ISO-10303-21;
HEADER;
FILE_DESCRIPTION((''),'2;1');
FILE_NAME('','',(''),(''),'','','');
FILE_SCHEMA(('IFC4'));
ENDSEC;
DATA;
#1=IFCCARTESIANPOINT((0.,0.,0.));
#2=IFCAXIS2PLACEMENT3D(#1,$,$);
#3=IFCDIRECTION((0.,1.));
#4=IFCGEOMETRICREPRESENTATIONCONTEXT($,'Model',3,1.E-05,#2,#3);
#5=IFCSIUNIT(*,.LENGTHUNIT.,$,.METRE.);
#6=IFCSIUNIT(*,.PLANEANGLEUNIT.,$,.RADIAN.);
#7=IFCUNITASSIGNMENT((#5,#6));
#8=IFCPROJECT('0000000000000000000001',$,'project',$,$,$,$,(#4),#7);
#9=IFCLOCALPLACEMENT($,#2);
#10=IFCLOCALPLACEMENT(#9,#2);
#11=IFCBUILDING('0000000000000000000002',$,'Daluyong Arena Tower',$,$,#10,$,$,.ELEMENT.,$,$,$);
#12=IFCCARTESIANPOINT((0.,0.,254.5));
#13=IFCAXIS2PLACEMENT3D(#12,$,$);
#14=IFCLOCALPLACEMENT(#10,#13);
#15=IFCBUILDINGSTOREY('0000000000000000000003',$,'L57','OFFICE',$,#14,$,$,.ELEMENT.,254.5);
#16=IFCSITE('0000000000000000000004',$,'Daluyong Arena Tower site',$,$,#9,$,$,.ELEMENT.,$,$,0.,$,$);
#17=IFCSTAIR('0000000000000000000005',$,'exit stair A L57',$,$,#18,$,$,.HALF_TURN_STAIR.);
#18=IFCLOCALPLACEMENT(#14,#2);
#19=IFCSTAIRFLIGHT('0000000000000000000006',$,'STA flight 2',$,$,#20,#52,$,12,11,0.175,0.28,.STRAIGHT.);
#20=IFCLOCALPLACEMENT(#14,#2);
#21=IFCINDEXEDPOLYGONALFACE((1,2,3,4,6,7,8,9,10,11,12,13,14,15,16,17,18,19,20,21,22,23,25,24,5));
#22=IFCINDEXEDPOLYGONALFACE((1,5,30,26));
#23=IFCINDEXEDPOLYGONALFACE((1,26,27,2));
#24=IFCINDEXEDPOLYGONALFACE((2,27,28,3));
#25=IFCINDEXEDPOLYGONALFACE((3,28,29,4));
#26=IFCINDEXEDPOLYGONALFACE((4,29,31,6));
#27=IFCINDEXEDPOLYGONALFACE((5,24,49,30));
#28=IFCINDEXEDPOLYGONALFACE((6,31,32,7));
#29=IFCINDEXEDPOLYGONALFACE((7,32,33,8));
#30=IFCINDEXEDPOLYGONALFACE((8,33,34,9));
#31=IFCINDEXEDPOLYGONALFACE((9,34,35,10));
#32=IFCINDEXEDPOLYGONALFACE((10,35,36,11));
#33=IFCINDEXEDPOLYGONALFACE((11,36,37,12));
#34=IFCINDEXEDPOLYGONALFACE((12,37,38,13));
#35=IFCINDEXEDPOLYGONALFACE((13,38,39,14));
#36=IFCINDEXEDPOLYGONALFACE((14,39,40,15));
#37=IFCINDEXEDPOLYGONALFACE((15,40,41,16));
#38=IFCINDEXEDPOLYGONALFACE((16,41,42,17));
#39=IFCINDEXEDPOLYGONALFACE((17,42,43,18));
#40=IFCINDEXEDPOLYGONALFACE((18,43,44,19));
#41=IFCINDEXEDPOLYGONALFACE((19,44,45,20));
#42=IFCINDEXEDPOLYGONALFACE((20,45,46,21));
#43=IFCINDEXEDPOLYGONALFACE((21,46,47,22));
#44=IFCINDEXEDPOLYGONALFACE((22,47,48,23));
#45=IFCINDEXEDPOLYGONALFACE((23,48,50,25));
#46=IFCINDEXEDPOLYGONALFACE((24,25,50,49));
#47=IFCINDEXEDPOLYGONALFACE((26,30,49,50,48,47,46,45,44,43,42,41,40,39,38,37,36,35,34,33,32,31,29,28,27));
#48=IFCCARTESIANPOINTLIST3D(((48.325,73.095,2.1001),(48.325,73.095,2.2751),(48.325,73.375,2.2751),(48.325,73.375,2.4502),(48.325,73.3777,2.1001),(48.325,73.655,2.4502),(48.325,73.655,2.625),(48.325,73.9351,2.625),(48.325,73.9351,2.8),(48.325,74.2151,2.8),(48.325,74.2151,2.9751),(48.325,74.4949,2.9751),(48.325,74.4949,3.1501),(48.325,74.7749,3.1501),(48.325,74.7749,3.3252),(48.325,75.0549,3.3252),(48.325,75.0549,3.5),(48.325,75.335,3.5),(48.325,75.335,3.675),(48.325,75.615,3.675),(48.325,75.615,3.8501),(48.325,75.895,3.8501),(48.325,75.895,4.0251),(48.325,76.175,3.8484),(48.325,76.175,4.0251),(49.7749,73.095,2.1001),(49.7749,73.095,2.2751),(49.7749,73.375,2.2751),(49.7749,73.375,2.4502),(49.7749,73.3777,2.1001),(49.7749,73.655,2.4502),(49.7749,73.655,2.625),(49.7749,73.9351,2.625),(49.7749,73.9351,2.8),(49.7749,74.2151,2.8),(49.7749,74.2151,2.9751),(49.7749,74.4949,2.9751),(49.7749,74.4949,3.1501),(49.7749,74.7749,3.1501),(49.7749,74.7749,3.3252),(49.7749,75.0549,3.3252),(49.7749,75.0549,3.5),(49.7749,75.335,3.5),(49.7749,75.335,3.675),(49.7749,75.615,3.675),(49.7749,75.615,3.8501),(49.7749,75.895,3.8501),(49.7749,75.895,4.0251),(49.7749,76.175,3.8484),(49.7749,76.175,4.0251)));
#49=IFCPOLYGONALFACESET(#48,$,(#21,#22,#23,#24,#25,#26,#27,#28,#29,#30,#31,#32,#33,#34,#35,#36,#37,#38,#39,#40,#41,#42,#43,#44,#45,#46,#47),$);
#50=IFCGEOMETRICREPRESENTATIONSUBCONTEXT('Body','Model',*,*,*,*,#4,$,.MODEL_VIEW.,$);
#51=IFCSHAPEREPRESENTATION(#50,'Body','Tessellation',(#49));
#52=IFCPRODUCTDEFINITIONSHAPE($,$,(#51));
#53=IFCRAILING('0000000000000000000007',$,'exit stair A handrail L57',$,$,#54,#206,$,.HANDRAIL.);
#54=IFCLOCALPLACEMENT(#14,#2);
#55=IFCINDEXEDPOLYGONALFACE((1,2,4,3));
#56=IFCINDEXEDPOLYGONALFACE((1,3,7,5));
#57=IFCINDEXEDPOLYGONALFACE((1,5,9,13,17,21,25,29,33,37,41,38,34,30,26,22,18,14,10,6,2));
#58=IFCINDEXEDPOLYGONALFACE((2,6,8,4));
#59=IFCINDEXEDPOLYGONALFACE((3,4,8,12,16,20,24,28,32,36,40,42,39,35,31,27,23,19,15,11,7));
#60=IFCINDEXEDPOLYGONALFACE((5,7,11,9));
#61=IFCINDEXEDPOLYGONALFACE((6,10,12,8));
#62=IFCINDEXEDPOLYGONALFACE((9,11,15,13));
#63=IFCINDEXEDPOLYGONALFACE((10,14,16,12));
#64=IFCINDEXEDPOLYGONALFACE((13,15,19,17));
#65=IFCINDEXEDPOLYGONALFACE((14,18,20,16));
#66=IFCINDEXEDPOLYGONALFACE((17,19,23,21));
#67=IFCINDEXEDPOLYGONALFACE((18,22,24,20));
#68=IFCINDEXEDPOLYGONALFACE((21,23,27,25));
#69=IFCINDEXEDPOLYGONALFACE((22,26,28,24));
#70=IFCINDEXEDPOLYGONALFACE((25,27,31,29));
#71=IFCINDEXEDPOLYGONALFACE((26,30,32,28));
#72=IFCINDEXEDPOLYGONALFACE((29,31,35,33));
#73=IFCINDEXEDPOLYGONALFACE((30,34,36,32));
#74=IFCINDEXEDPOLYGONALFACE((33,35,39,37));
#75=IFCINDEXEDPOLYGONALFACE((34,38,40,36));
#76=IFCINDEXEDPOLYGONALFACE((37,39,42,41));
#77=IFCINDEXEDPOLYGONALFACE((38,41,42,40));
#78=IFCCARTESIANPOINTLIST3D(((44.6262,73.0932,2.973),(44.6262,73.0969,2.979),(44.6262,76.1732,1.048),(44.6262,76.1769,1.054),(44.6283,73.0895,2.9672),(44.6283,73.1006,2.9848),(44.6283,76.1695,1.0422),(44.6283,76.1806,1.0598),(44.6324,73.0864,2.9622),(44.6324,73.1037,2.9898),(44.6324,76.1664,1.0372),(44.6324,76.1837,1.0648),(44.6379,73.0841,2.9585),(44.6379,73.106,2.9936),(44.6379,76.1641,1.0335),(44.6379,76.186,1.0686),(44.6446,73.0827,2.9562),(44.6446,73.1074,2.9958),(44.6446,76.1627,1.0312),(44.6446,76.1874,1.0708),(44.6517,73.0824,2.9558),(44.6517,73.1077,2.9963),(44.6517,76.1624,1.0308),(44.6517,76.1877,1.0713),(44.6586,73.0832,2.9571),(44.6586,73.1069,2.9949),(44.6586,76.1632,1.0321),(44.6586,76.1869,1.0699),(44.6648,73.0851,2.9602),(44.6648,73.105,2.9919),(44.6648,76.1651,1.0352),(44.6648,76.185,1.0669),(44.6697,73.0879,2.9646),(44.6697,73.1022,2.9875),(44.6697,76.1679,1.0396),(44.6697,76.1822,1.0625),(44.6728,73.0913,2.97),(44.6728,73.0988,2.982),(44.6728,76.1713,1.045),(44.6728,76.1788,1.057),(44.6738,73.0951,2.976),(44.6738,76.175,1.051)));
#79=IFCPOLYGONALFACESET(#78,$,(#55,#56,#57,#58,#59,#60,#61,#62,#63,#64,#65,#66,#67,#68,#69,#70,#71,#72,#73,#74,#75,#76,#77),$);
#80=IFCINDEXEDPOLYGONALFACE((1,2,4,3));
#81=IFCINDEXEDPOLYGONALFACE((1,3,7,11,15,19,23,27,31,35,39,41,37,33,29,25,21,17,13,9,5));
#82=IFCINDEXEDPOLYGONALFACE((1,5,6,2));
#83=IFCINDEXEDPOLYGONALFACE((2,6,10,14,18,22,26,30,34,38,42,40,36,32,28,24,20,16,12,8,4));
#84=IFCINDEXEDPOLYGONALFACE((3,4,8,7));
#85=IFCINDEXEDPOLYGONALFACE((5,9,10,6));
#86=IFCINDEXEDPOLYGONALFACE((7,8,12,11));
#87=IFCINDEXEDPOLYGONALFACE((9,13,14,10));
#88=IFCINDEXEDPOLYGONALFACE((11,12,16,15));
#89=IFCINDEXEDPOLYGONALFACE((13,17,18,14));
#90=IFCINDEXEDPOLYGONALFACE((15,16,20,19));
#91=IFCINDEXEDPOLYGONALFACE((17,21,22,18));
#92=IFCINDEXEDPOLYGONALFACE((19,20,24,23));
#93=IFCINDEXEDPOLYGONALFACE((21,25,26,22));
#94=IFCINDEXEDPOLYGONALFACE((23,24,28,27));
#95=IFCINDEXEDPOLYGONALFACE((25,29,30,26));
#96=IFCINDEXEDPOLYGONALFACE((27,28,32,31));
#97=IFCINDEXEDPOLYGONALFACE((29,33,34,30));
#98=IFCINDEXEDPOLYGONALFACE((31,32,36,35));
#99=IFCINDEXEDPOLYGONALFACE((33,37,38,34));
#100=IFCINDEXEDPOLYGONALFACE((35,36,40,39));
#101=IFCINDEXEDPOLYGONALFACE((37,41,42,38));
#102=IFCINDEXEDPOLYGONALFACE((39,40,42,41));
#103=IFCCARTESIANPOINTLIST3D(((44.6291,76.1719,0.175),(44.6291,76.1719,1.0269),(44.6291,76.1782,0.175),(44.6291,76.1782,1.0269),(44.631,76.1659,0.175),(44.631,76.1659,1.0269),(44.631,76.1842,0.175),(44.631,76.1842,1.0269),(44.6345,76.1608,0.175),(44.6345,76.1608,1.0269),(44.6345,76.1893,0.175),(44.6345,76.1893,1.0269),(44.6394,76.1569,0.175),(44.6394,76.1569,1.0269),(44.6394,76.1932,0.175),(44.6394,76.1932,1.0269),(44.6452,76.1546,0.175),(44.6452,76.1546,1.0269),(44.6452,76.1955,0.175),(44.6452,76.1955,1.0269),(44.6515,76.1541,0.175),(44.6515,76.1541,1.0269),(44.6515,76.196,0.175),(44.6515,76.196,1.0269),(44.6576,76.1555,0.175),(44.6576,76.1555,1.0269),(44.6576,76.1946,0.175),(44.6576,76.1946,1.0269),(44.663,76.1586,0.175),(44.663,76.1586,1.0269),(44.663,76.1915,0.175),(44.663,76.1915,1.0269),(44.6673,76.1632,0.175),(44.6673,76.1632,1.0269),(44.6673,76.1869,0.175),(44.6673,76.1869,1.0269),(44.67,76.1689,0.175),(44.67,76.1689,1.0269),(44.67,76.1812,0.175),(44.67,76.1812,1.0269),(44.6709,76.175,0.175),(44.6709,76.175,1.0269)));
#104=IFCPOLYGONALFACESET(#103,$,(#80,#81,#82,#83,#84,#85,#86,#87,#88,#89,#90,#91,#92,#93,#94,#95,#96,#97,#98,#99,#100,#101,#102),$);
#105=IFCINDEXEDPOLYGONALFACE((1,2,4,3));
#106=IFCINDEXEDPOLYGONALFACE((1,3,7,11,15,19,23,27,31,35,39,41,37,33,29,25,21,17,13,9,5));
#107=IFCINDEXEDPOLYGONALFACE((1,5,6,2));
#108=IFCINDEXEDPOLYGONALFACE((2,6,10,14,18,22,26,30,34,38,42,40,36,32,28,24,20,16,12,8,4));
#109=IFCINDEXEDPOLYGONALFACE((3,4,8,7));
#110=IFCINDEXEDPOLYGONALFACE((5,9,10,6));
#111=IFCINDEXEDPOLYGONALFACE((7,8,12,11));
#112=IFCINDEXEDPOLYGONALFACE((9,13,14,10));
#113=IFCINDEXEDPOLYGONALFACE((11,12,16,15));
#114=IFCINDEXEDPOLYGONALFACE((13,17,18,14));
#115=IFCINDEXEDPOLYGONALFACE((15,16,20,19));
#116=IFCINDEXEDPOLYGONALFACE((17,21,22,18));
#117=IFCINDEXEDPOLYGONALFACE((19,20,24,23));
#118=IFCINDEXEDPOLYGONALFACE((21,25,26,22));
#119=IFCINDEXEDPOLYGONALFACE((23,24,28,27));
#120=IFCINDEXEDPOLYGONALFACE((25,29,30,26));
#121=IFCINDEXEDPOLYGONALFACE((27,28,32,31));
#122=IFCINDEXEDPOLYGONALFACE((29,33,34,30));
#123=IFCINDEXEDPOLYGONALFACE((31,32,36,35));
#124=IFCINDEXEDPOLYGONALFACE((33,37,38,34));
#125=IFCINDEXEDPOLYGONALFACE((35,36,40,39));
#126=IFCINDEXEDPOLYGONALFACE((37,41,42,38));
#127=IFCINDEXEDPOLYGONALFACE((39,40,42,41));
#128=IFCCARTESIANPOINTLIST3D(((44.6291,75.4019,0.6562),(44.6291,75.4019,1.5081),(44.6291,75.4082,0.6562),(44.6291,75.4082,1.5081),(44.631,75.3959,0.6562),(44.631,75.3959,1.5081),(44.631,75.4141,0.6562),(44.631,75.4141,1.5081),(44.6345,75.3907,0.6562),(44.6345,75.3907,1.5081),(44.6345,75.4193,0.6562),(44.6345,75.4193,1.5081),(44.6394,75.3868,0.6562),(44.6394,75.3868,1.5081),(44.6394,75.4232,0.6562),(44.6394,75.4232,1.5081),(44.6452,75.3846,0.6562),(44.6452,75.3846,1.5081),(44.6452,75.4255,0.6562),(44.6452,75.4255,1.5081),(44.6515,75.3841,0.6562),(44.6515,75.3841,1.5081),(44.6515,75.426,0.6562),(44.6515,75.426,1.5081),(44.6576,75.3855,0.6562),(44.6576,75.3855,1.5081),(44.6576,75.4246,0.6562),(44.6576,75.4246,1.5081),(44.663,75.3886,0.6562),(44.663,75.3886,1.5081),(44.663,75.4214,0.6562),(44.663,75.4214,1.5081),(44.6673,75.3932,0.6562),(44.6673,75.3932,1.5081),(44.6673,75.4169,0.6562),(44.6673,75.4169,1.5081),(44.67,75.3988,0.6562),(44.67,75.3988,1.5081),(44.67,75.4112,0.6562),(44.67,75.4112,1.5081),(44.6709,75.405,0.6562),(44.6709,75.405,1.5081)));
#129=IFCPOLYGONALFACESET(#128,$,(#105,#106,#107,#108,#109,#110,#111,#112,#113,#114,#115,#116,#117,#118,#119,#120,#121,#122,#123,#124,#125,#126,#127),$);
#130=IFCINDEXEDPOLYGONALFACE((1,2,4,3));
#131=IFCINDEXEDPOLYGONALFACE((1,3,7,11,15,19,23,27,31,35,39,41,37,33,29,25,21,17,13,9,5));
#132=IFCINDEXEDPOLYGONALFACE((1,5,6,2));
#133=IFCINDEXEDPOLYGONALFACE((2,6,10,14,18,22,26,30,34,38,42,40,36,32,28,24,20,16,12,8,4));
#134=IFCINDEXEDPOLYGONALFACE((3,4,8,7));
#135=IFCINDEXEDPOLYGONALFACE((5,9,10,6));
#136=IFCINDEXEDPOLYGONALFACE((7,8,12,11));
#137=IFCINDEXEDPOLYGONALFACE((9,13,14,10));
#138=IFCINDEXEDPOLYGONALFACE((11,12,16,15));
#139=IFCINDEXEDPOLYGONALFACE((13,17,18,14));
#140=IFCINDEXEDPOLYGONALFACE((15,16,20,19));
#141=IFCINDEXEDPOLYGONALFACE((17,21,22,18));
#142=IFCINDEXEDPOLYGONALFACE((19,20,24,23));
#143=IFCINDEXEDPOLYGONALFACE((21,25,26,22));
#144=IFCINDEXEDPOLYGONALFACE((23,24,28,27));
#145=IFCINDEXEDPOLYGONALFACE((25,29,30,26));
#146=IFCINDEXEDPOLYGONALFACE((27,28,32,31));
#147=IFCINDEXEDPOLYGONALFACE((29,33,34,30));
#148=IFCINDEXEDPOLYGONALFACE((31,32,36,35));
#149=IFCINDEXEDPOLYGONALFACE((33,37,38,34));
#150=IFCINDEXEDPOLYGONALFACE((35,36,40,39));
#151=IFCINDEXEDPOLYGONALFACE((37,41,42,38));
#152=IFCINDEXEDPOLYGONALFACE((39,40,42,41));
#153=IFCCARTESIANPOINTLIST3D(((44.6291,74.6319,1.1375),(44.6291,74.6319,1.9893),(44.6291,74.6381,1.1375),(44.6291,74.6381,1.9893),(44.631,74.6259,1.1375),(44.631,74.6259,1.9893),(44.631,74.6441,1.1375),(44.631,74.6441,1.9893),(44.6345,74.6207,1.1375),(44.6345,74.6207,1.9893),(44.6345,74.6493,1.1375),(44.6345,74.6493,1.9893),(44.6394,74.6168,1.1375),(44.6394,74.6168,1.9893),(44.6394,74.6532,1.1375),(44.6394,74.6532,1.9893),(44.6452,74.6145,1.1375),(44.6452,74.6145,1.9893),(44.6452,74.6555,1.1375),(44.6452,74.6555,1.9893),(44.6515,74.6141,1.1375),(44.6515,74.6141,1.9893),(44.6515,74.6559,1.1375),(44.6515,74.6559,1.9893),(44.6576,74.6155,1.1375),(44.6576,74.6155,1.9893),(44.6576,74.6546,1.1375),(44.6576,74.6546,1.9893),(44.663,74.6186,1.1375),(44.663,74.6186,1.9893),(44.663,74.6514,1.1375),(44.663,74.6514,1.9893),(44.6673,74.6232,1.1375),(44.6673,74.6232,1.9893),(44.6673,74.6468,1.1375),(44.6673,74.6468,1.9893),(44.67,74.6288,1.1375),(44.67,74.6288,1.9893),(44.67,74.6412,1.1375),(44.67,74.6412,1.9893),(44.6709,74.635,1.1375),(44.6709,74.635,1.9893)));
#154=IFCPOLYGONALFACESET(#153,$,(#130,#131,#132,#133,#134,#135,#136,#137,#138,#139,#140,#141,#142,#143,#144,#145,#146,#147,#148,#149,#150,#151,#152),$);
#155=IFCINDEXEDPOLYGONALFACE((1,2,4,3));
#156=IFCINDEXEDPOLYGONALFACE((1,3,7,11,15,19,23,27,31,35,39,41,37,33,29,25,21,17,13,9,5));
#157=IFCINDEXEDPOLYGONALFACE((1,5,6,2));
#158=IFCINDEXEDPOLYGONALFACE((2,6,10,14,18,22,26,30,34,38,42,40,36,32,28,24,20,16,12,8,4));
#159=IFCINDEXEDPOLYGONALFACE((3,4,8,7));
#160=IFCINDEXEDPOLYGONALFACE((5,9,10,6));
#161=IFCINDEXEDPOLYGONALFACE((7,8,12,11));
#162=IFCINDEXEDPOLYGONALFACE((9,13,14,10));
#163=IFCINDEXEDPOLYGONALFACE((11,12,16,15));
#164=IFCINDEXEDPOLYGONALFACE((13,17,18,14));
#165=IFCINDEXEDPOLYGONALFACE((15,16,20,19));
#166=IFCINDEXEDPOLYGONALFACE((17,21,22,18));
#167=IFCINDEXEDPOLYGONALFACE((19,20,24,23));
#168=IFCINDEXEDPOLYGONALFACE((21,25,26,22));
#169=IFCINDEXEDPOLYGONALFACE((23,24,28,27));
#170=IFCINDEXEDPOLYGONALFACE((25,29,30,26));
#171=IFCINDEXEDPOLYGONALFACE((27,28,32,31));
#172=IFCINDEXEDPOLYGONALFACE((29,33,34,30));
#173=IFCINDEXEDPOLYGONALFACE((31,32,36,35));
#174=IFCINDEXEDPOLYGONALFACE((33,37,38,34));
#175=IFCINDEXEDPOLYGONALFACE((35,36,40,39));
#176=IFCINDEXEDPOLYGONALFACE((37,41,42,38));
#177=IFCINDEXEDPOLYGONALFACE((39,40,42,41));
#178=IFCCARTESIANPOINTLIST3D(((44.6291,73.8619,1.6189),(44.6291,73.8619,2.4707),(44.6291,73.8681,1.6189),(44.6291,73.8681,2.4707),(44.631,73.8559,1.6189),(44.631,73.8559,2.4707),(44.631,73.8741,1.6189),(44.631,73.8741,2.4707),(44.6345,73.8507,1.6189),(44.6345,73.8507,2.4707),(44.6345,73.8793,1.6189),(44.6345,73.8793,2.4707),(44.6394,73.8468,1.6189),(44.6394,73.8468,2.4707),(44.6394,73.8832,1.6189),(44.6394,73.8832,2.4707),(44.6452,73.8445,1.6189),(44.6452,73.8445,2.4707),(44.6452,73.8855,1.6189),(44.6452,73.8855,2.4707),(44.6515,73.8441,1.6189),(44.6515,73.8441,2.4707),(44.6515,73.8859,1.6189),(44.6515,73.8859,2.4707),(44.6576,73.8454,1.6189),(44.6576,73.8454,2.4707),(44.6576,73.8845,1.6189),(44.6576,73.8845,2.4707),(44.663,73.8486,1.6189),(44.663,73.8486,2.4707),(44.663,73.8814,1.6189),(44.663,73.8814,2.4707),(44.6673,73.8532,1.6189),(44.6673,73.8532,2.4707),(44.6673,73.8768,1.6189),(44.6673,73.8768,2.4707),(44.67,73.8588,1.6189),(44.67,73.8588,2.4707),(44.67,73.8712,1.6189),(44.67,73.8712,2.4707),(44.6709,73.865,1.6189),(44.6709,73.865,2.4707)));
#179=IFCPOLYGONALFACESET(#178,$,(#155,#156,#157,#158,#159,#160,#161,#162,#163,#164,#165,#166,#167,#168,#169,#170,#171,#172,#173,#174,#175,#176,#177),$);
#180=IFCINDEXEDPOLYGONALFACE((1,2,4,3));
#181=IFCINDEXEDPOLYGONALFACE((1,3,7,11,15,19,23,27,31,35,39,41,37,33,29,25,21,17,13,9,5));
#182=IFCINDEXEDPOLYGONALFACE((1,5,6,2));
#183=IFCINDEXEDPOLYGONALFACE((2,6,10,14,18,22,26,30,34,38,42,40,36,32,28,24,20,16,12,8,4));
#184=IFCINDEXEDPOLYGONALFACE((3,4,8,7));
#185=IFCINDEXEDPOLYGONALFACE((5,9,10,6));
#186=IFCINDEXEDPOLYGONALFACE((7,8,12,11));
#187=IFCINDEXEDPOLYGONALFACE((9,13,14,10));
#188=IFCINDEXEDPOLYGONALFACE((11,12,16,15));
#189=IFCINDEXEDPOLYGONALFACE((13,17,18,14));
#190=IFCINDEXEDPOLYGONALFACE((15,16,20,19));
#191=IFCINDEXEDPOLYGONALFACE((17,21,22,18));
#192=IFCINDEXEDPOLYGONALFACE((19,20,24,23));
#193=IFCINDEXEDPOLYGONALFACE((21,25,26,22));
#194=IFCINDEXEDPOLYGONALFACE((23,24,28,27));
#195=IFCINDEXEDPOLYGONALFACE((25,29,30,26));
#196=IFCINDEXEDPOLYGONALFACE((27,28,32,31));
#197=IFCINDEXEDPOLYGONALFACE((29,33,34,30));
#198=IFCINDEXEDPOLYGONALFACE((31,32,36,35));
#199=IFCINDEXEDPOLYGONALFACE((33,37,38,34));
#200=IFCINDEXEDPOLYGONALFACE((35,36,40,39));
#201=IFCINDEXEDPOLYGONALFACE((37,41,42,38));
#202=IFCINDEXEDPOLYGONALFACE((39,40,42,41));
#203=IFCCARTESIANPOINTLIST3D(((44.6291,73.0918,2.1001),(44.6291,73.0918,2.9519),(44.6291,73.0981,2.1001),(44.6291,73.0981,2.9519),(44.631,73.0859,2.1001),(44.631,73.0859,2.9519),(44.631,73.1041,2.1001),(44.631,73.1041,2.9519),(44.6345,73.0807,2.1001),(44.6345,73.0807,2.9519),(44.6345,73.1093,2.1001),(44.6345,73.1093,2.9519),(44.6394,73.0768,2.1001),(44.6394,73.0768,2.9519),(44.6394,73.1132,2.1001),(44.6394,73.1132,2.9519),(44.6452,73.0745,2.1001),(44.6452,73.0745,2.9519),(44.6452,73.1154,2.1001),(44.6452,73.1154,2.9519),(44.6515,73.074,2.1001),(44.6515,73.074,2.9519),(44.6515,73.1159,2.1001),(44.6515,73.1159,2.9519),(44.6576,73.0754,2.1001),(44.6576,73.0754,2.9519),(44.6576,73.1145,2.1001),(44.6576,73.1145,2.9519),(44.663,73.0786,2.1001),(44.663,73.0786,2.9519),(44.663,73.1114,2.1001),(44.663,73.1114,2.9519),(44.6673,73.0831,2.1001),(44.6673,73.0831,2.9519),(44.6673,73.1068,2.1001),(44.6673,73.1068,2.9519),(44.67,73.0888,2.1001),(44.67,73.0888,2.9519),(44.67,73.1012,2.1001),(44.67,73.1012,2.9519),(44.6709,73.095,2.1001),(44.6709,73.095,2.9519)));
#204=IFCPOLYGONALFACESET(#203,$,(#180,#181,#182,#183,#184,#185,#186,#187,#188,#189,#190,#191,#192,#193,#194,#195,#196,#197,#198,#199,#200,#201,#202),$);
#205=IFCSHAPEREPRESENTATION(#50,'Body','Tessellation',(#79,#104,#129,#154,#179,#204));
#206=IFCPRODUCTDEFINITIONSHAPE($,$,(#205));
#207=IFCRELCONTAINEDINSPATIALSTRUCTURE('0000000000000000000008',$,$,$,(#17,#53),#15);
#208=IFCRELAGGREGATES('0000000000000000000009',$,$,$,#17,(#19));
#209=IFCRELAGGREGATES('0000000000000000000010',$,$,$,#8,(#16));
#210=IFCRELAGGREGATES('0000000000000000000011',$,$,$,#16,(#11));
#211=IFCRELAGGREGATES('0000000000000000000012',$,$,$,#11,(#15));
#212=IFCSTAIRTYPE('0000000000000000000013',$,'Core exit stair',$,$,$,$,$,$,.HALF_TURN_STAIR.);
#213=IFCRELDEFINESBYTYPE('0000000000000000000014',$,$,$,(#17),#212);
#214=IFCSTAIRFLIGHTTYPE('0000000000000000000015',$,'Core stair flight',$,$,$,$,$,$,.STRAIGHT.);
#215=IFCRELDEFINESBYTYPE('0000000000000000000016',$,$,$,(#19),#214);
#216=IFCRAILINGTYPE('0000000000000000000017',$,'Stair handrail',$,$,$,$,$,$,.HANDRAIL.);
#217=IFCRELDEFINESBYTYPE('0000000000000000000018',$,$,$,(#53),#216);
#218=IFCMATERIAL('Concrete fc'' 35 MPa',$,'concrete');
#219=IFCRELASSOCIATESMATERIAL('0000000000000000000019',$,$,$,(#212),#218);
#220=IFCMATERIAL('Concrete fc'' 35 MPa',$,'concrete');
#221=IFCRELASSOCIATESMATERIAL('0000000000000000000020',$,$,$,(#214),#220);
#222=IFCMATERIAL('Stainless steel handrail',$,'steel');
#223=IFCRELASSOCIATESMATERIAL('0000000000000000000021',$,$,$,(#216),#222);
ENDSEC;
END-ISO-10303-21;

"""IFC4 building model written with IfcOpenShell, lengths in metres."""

from ifc_helpers import new_model, si_unit, direction, frame, origin, origin_2d, place, context, subcontext, project, spatial, polyline, circle, outline, extrude, material, type_object, element, aggregate, save


model = new_model("IFC4")

# Units and contexts
model_context = context("Model", 3, precision=1e-05, world=origin(), true_north=direction((0.0, 1.0)))
body_context = subcontext(model_context, "Body", "Model", "MODEL_VIEW")
ifc_project = project(units=[si_unit("LENGTHUNIT", "METRE"), si_unit("PLANEANGLEUNIT", "RADIAN")], contexts=[model_context])

# Site, building, storey
site_placement = place(None, origin())
site = spatial("IfcSite", under=ifc_project, at=site_placement, Name="Daluyong Arena Tower site", CompositionType="ELEMENT", RefElevation=0.0)
building_placement = place(site_placement, origin())
building = spatial("IfcBuilding", under=site, at=building_placement, Name="Daluyong Arena Tower", CompositionType="ELEMENT")
storey_placement = place(building_placement, frame((0.0, 0.0, 254.5)))
storey = spatial("IfcBuildingStorey", under=building, at=storey_placement, Name="L57", Description="OFFICE", CompositionType="ELEMENT", Elevation=254.5)

# Stair, stair flight
ifc_material_1 = material(Name="Concrete fc' 35 MPa", Category="concrete")
stair_type = type_object("IfcStairType", Name="Core exit stair", PredefinedType="HALF_TURN_STAIR", material=ifc_material_1)
stair_placement = place(storey_placement, origin())
stair = element("IfcStair", 1, at=stair_placement, inside=storey, type_object=stair_type, Name="exit stair A L57", PredefinedType="HALF_TURN_STAIR")
ifc_material_2 = material(Name="Concrete fc' 35 MPa", Category="concrete")
stair_flight_type = type_object("IfcStairFlightType", Name="Core stair flight", PredefinedType="STRAIGHT", material=ifc_material_2)
stair_flight_1_placement = place(storey_placement, frame((49.05, 73.095, 2.1001), z_axis=(0.0, 0.0, 1.0), x_axis=(0.0, 1.0, 0.0)))
stair_flight_1 = element("IfcStairFlight", 2, at=stair_flight_1_placement, type_object=stair_flight_type, Name="STA flight 2", NumberOfRisers=12, NumberOfTreads=11, PredefinedType="STRAIGHT", RiserHeight=0.175, TreadLength=0.28, context=body_context, shape_type="SweptSolid", body=[
    extrude(outline(polyline([(0.0, 0.0), (0.0, 0.175), (0.28, 0.175), (0.28, 0.3501), (0.5601, 0.3501), (0.5601, 0.5249), (0.8401, 0.5249), (0.8401, 0.7), (1.1201, 0.7), (1.1201, 0.875), (1.3999, 0.875), (1.3999, 1.05), (1.6799, 1.05), (1.6799, 1.2251), (1.96, 1.2251), (1.96, 1.3999), (2.24, 1.3999), (2.24, 1.575), (2.52, 1.575), (2.52, 1.75), (2.8, 1.75), (2.8, 1.925), (3.0801, 1.925), (3.0801, 2.1001), (3.0801, 1.7483), (0.2827, 0.0), (0.0, 0.0)])), frame((0.0, 0.7251, 0.0), z_axis=(0.0, -1.0, 0.0), x_axis=(1.0, 0.0, 0.0)), (0.0, 0.0, 1.0), 1.45),
])
aggregate(stair, [stair_flight_1])

# Railing
ifc_material_3 = material(Name="Stainless steel handrail", Category="steel")
railing_type_1 = type_object("IfcRailingType", Name="Stair handrail", PredefinedType="HANDRAIL", material=ifc_material_3)
railing_1_placement = place(storey_placement, frame((44.6499, 76.175, 0.175)))
element("IfcRailing", 3, at=railing_1_placement, inside=storey, type_object=railing_type_1, Name="exit stair A handrail L57", PredefinedType="HANDRAIL", context=body_context, shape_type="SweptSolid", body=[
    extrude(circle(Radius=0.0239, at=origin_2d()), frame((0.0, 0.0, 0.876), z_axis=(0.0, -0.847998, 0.529999), x_axis=(1.0, 0.0, 0.0)), (0.0, 0.0, 1.0), 3.6321),
    extrude(circle(Radius=0.021, at=origin_2d()), origin(), (0.0, 0.0, 1.0), 0.8518),
    extrude(circle(Radius=0.021, at=origin_2d()), frame((0.0, -0.77, 0.4812)), (0.0, 0.0, 1.0), 0.8518),
    extrude(circle(Radius=0.021, at=origin_2d()), frame((0.0, -1.54, 0.9624)), (0.0, 0.0, 1.0), 0.8518),
    extrude(circle(Radius=0.021, at=origin_2d()), frame((0.0, -2.3101, 1.4438)), (0.0, 0.0, 1.0), 0.8518),
    extrude(circle(Radius=0.021, at=origin_2d()), frame((0.0, -3.0801, 1.925)), (0.0, 0.0, 1.0), 0.8518),
])

save(model, "model.ifc")
